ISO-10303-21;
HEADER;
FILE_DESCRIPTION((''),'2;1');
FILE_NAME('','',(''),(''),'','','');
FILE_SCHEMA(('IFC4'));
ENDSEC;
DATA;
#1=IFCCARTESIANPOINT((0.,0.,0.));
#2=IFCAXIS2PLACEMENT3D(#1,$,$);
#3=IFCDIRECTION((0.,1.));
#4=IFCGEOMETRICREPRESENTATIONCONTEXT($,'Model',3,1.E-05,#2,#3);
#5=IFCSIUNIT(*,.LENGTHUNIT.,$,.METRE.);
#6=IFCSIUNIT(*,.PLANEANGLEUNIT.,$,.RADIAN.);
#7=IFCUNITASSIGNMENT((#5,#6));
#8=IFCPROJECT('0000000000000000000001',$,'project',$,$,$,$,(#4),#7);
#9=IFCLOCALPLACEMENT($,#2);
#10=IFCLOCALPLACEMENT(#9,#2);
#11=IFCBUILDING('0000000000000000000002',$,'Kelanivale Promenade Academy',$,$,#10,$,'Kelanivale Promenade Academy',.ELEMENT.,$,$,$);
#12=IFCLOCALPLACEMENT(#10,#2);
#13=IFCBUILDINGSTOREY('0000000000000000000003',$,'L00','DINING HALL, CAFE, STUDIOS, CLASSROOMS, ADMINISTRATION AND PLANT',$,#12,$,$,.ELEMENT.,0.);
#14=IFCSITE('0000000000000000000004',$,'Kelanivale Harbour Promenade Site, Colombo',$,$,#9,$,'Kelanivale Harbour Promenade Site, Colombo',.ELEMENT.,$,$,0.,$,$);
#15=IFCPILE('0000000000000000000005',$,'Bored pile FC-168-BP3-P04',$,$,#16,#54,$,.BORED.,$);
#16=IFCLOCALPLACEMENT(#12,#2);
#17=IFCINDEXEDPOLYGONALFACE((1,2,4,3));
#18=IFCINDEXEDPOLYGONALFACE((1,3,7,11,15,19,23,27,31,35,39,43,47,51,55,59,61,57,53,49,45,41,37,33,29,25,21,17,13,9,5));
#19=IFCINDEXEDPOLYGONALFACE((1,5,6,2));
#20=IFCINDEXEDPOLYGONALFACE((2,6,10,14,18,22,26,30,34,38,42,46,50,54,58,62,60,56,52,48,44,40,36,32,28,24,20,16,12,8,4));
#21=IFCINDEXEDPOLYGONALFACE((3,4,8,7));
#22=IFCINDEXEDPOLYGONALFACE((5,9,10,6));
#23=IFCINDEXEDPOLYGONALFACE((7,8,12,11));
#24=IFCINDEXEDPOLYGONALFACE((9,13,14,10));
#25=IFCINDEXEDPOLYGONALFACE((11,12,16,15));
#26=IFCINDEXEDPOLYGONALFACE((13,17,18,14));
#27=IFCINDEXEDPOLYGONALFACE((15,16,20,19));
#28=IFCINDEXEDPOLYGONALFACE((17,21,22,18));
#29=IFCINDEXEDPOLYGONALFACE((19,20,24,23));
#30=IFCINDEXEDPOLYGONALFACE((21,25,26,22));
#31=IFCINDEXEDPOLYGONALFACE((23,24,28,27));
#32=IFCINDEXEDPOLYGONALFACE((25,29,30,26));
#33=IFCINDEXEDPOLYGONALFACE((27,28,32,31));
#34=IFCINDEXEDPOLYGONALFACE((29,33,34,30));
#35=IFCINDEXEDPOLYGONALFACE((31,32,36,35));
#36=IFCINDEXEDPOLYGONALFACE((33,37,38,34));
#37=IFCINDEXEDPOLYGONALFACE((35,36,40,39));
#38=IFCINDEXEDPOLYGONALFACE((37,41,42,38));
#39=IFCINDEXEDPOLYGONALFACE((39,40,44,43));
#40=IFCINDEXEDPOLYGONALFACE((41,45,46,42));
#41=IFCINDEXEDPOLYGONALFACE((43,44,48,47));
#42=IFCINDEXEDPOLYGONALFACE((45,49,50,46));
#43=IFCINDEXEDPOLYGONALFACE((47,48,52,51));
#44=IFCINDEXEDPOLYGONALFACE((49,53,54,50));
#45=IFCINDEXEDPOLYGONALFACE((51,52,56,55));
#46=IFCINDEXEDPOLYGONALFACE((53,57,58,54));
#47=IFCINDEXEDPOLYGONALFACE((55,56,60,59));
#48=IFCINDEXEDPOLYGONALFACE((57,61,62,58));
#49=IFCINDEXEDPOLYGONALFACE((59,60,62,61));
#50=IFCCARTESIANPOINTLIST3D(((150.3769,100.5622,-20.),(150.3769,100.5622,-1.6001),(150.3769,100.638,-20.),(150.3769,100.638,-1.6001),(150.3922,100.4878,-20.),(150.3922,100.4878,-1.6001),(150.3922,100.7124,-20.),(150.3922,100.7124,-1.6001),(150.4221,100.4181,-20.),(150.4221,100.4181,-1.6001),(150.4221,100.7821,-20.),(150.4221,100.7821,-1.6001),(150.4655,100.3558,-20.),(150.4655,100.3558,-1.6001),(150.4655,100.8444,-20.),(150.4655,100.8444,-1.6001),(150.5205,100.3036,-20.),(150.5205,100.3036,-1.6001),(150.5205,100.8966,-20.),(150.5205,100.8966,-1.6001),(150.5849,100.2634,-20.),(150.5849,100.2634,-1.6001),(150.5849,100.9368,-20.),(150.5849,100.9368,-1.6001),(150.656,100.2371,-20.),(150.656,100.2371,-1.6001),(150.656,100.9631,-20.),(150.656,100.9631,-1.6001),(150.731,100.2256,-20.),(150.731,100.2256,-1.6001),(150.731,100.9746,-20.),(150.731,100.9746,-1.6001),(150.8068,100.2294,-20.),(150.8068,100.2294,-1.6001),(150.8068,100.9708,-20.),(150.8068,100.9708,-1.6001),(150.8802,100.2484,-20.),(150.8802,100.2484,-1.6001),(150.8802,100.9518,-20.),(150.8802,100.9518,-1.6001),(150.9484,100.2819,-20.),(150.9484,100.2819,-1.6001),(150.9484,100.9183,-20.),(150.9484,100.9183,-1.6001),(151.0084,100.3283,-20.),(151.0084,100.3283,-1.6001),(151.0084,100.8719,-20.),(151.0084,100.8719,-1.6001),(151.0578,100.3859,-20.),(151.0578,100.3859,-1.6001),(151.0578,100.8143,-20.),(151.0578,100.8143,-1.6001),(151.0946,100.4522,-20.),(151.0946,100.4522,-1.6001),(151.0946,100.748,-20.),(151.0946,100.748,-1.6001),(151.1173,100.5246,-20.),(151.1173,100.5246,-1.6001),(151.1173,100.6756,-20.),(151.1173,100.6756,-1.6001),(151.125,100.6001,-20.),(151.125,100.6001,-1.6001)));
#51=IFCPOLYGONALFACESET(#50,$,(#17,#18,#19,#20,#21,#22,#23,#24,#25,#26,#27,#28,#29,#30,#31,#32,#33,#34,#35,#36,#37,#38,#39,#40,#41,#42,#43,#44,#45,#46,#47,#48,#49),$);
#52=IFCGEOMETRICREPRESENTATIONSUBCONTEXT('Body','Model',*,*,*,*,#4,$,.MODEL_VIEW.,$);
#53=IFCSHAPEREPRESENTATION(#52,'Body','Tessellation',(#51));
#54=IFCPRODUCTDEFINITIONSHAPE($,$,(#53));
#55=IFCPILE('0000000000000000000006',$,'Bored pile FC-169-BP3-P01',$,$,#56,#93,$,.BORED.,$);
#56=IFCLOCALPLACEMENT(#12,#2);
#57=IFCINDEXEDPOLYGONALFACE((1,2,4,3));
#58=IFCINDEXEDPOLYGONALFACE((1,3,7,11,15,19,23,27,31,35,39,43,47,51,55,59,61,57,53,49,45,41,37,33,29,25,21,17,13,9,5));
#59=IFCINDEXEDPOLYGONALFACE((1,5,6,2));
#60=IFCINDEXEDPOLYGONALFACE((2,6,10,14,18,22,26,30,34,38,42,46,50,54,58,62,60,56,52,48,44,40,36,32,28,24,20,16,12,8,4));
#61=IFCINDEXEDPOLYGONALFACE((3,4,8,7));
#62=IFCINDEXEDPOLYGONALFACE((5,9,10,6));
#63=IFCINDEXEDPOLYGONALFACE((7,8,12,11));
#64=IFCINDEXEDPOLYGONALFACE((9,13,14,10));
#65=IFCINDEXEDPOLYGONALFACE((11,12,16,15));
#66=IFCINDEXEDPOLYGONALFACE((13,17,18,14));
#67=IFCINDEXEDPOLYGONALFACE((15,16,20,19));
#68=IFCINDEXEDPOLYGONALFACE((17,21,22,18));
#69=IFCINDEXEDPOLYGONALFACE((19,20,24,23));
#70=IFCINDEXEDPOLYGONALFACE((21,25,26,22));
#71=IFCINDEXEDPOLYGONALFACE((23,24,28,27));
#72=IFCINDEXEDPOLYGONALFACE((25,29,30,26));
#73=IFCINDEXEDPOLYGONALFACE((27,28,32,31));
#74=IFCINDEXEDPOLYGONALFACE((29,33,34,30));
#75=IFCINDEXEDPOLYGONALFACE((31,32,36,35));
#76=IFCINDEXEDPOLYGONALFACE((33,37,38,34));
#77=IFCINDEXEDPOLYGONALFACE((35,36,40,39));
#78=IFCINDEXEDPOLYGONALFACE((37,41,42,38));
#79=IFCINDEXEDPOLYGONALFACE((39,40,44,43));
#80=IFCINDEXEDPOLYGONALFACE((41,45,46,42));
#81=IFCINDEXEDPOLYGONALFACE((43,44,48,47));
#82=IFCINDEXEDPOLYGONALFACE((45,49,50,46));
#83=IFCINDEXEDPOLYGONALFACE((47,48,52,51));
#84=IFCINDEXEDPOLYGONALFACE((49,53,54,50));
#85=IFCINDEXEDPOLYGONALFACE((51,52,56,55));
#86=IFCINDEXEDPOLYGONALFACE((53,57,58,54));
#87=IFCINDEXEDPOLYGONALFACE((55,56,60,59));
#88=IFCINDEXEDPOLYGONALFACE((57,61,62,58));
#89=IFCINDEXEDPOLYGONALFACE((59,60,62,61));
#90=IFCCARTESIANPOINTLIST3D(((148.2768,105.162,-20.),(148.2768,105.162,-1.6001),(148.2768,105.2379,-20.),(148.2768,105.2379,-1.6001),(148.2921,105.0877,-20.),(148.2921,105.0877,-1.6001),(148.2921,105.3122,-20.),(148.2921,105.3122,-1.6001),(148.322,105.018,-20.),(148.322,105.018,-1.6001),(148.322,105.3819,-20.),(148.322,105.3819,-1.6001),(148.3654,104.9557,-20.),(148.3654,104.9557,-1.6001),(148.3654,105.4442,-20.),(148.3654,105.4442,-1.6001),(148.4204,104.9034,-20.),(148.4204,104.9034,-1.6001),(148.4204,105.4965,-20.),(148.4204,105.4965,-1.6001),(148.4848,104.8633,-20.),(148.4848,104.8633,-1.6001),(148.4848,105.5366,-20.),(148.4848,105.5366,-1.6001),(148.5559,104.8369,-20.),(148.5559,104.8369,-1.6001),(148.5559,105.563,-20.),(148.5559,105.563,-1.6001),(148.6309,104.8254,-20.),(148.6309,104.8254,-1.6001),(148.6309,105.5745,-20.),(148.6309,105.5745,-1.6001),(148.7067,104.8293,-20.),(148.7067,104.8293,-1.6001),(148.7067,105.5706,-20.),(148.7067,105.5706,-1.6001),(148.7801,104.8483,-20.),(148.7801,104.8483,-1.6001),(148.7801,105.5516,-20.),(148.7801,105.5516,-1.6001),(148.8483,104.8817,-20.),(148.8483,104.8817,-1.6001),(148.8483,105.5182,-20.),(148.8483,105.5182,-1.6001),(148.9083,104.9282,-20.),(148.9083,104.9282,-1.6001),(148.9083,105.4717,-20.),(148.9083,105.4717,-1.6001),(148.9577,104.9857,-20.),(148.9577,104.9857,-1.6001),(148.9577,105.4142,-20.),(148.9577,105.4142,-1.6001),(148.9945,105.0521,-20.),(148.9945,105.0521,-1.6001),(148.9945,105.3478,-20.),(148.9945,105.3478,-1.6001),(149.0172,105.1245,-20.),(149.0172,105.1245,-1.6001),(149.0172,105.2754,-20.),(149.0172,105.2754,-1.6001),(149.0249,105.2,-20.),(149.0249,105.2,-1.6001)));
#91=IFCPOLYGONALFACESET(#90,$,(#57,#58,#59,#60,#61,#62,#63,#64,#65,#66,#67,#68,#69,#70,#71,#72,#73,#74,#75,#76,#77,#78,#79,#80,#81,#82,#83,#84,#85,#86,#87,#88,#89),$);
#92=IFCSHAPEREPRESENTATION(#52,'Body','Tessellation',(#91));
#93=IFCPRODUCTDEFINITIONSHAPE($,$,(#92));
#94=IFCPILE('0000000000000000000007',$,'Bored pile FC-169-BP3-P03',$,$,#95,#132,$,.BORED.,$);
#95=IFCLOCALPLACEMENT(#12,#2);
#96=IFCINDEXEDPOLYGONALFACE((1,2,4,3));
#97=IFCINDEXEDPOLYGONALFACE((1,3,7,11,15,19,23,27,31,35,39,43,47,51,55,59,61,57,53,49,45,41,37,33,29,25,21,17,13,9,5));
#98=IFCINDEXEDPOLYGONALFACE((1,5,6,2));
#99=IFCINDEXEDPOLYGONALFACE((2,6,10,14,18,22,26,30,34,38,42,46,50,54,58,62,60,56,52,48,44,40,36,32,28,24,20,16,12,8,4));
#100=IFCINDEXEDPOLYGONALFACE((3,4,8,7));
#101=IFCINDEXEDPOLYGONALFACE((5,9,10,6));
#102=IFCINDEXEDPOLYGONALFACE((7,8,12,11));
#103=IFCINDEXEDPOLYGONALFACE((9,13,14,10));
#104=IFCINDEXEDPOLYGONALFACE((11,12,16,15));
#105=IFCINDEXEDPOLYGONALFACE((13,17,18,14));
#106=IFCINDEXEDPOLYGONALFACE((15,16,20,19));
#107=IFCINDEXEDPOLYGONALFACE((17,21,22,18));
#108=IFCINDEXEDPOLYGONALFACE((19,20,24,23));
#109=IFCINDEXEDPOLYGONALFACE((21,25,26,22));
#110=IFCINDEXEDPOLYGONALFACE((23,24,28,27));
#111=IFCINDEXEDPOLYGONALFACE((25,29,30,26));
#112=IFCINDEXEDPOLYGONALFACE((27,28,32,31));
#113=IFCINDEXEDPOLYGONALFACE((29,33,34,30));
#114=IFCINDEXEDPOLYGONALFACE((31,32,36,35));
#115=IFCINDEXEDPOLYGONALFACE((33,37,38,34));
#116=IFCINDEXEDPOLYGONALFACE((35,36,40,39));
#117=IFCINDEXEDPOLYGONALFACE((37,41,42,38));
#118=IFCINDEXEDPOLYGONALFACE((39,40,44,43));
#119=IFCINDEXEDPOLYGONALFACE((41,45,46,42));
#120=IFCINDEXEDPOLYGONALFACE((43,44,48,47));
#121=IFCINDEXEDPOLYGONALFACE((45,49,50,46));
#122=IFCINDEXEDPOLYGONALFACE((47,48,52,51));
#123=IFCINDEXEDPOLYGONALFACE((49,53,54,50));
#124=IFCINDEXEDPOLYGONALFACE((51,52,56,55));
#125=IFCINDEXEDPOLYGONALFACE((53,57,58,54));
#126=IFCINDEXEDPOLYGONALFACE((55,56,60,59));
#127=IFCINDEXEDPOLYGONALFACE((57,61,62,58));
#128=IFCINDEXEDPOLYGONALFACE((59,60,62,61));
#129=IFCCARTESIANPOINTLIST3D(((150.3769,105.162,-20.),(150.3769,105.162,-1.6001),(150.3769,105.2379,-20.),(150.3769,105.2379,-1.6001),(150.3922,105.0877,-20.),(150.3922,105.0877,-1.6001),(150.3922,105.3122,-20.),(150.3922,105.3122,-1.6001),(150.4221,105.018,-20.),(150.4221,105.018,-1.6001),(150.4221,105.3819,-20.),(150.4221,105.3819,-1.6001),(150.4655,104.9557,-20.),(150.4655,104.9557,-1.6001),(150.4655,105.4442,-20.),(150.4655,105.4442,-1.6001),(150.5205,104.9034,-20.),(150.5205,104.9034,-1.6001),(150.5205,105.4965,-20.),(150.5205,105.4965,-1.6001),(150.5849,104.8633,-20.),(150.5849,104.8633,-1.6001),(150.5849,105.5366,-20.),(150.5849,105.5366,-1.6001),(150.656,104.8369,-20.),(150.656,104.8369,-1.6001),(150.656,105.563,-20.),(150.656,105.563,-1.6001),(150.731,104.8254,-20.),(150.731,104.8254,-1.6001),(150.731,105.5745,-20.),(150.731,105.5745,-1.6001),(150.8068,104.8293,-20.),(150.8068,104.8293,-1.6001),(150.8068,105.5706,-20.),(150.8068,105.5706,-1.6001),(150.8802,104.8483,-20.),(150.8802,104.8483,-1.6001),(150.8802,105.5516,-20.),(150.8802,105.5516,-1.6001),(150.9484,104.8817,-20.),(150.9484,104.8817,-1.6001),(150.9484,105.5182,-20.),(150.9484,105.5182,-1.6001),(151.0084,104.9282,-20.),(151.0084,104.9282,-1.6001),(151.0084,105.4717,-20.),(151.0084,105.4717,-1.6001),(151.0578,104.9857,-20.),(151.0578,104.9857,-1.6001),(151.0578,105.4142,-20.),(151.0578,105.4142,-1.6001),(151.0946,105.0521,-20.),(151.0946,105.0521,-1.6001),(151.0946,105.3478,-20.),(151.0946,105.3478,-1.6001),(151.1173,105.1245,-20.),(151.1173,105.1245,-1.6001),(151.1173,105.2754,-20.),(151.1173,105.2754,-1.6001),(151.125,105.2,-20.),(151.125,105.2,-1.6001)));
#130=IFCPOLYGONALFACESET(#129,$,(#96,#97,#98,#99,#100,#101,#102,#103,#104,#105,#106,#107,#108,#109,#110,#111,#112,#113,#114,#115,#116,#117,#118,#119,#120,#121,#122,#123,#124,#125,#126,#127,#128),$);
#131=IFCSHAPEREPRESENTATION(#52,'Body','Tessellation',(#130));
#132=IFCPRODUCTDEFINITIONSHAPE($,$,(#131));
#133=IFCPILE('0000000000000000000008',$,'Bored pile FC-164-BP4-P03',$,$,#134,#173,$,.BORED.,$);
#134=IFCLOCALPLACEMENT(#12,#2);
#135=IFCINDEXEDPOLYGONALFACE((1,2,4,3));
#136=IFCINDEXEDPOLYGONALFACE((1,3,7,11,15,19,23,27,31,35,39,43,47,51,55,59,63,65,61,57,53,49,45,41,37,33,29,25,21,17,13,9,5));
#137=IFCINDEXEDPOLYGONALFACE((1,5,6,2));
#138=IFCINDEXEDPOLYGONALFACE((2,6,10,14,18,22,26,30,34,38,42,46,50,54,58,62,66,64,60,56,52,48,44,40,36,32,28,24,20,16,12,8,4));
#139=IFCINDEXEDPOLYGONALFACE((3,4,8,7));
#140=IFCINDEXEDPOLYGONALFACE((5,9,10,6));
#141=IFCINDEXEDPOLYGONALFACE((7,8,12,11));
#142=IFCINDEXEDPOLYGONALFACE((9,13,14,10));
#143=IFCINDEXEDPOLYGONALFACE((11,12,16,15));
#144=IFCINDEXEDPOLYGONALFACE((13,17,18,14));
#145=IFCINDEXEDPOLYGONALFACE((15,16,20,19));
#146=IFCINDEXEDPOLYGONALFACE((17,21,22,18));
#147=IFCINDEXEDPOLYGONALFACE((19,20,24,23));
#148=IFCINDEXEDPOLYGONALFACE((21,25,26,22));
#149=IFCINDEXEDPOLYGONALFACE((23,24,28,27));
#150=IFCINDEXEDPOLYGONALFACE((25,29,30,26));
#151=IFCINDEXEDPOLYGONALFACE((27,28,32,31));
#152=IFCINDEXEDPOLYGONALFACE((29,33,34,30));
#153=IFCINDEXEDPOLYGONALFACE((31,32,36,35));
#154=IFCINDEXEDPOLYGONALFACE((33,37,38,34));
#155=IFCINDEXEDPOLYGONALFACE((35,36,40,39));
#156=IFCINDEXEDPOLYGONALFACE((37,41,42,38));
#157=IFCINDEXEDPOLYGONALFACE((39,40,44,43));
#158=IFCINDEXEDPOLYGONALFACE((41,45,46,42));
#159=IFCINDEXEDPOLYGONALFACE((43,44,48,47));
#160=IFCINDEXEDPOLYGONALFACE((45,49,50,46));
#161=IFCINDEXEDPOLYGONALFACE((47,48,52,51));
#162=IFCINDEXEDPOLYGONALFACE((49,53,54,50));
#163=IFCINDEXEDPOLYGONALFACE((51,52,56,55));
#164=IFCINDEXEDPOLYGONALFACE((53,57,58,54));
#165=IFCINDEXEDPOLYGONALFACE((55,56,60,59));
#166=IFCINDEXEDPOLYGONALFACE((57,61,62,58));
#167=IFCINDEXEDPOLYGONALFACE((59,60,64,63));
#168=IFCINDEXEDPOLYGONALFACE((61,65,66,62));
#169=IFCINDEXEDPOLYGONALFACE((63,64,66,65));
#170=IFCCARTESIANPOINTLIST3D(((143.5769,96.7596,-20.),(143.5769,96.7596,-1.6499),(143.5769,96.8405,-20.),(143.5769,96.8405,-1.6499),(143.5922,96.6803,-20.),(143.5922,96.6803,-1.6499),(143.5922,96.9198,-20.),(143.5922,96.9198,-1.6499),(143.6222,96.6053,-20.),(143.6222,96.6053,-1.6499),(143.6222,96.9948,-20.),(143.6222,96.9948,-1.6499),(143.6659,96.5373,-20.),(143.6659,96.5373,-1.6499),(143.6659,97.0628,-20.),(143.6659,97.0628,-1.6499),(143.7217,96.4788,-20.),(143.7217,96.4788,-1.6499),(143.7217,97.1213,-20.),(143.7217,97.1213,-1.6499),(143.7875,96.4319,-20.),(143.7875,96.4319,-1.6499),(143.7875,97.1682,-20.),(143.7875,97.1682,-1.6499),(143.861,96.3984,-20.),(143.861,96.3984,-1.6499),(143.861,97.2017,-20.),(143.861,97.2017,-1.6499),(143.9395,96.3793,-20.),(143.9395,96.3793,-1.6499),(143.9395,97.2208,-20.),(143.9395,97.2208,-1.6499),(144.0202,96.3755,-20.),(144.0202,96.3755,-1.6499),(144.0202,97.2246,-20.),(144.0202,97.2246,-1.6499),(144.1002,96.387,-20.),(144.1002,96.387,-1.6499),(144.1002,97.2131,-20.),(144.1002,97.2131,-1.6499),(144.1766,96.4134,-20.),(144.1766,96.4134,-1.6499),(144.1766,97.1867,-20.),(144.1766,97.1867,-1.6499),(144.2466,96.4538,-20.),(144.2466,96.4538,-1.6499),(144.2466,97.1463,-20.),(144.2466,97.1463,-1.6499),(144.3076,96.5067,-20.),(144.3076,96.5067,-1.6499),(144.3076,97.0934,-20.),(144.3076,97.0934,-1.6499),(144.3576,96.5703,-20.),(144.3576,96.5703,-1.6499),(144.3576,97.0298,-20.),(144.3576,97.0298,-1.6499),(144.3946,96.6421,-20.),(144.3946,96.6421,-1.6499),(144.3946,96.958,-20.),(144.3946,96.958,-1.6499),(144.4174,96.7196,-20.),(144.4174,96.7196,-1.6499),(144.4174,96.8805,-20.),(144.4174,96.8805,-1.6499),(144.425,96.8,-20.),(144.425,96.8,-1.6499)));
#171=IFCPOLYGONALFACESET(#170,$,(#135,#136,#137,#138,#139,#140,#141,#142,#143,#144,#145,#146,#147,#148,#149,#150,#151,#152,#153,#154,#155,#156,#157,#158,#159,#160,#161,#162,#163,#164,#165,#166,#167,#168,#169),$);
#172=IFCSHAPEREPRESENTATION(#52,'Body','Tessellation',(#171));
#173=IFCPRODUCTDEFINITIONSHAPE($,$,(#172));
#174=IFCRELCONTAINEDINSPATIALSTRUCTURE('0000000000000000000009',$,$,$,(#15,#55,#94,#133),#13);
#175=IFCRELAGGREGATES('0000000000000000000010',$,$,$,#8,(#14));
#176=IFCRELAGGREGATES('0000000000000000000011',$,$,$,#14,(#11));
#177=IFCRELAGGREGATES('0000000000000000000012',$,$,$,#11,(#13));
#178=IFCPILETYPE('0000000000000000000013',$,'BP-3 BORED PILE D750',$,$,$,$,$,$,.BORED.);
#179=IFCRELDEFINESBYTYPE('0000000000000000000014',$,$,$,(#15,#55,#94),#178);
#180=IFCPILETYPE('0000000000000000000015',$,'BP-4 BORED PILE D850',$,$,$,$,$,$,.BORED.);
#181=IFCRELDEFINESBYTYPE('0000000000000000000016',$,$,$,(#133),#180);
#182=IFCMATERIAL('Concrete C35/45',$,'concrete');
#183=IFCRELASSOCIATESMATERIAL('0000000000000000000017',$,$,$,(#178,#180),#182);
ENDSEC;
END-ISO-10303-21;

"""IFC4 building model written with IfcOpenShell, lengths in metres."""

from ifc_helpers import new_model, si_unit, direction, frame, origin, origin_2d, place, context, subcontext, project, spatial, circle, extrude, material, material_profile, profile_set, type_object, element, save


model = new_model("IFC4")

# Units and contexts
model_context = context("Model", 3, precision=1e-05, world=origin(), true_north=direction((0.0, 1.0)))
body_context = subcontext(model_context, "Body", "Model", "MODEL_VIEW")
ifc_project = project(units=[si_unit("LENGTHUNIT", "METRE"), si_unit("PLANEANGLEUNIT", "RADIAN")], contexts=[model_context])

# Site, building, storey
site_placement = place(None, origin())
site = spatial("IfcSite", under=ifc_project, at=site_placement, Name="Kelanivale Harbour Promenade Site, Colombo", LongName="Kelanivale Harbour Promenade Site, Colombo", CompositionType="ELEMENT", RefElevation=0.0)
building_placement = place(site_placement, origin())
building = spatial("IfcBuilding", under=site, at=building_placement, Name="Kelanivale Promenade Academy", LongName="Kelanivale Promenade Academy", CompositionType="ELEMENT")
storey_placement = place(building_placement, origin())
storey = spatial("IfcBuildingStorey", under=building, at=storey_placement, Name="L00", Description="DINING HALL, CAFE, STUDIOS, CLASSROOMS, ADMINISTRATION AND PLANT", CompositionType="ELEMENT", Elevation=0.0)

# Piles
ifc_material_1 = material(Name="Concrete C35/45", Category="concrete")
ifc_material_profile_1 = material_profile(ifc_material_1, circle(Radius=0.375, at=origin_2d()), Name="BORED PILE D750")
ifc_profile_set_1 = profile_set([ifc_material_profile_1], Name="Concrete C35/45")
pile_type_1 = type_object("IfcPileType", Name="BP-3 BORED PILE D750", PredefinedType="BORED", material=ifc_profile_set_1)
for number, where, z_axis, x_axis, name in (
    (1, (150.75, 100.6001, -1.6001), (0.0, 0.0, -1.0), (1.0, 0.0, 0.0), "Bored pile FC-168-BP3-P04"),
    (2, (148.6499, 105.2, -1.6001), (0.0, 0.0, -1.0), (1.0, 0.0, 0.0), "Bored pile FC-169-BP3-P01"),
    (3, (150.75, 105.2, -1.6001), (0.0, 0.0, -1.0), (1.0, 0.0, 0.0), "Bored pile FC-169-BP3-P03"),
):
    element("IfcPile", number, at=place(storey_placement, frame(where, z_axis=z_axis, x_axis=x_axis)), inside=storey, type_object=pile_type_1, Name=name, PredefinedType="BORED", context=body_context, shape_type="SweptSolid", body=[
        extrude(circle(Radius=0.375, at=origin_2d()), origin(), (0.0, 0.0, 1.0), 18.3999),
    ])
ifc_material_profile_2 = material_profile(ifc_material_1, circle(Radius=0.425, at=origin_2d()), Name="BORED PILE D850")
ifc_profile_set_2 = profile_set([ifc_material_profile_2], Name="Concrete C35/45")
pile_type_2 = type_object("IfcPileType", Name="BP-4 BORED PILE D850", PredefinedType="BORED", material=ifc_profile_set_2)
for number, where, z_axis, x_axis, name in (
    (4, (144.0, 96.8, -1.6499), (0.0, 0.0, -1.0), (1.0, 0.0, 0.0), "Bored pile FC-164-BP4-P03"),
):
    element("IfcPile", number, at=place(storey_placement, frame(where, z_axis=z_axis, x_axis=x_axis)), inside=storey, type_object=pile_type_2, Name=name, PredefinedType="BORED", context=body_context, shape_type="SweptSolid", body=[
        extrude(circle(Radius=0.425, at=origin_2d()), origin(), (0.0, 0.0, 1.0), 18.3501),
    ])

save(model, "model.ifc")
